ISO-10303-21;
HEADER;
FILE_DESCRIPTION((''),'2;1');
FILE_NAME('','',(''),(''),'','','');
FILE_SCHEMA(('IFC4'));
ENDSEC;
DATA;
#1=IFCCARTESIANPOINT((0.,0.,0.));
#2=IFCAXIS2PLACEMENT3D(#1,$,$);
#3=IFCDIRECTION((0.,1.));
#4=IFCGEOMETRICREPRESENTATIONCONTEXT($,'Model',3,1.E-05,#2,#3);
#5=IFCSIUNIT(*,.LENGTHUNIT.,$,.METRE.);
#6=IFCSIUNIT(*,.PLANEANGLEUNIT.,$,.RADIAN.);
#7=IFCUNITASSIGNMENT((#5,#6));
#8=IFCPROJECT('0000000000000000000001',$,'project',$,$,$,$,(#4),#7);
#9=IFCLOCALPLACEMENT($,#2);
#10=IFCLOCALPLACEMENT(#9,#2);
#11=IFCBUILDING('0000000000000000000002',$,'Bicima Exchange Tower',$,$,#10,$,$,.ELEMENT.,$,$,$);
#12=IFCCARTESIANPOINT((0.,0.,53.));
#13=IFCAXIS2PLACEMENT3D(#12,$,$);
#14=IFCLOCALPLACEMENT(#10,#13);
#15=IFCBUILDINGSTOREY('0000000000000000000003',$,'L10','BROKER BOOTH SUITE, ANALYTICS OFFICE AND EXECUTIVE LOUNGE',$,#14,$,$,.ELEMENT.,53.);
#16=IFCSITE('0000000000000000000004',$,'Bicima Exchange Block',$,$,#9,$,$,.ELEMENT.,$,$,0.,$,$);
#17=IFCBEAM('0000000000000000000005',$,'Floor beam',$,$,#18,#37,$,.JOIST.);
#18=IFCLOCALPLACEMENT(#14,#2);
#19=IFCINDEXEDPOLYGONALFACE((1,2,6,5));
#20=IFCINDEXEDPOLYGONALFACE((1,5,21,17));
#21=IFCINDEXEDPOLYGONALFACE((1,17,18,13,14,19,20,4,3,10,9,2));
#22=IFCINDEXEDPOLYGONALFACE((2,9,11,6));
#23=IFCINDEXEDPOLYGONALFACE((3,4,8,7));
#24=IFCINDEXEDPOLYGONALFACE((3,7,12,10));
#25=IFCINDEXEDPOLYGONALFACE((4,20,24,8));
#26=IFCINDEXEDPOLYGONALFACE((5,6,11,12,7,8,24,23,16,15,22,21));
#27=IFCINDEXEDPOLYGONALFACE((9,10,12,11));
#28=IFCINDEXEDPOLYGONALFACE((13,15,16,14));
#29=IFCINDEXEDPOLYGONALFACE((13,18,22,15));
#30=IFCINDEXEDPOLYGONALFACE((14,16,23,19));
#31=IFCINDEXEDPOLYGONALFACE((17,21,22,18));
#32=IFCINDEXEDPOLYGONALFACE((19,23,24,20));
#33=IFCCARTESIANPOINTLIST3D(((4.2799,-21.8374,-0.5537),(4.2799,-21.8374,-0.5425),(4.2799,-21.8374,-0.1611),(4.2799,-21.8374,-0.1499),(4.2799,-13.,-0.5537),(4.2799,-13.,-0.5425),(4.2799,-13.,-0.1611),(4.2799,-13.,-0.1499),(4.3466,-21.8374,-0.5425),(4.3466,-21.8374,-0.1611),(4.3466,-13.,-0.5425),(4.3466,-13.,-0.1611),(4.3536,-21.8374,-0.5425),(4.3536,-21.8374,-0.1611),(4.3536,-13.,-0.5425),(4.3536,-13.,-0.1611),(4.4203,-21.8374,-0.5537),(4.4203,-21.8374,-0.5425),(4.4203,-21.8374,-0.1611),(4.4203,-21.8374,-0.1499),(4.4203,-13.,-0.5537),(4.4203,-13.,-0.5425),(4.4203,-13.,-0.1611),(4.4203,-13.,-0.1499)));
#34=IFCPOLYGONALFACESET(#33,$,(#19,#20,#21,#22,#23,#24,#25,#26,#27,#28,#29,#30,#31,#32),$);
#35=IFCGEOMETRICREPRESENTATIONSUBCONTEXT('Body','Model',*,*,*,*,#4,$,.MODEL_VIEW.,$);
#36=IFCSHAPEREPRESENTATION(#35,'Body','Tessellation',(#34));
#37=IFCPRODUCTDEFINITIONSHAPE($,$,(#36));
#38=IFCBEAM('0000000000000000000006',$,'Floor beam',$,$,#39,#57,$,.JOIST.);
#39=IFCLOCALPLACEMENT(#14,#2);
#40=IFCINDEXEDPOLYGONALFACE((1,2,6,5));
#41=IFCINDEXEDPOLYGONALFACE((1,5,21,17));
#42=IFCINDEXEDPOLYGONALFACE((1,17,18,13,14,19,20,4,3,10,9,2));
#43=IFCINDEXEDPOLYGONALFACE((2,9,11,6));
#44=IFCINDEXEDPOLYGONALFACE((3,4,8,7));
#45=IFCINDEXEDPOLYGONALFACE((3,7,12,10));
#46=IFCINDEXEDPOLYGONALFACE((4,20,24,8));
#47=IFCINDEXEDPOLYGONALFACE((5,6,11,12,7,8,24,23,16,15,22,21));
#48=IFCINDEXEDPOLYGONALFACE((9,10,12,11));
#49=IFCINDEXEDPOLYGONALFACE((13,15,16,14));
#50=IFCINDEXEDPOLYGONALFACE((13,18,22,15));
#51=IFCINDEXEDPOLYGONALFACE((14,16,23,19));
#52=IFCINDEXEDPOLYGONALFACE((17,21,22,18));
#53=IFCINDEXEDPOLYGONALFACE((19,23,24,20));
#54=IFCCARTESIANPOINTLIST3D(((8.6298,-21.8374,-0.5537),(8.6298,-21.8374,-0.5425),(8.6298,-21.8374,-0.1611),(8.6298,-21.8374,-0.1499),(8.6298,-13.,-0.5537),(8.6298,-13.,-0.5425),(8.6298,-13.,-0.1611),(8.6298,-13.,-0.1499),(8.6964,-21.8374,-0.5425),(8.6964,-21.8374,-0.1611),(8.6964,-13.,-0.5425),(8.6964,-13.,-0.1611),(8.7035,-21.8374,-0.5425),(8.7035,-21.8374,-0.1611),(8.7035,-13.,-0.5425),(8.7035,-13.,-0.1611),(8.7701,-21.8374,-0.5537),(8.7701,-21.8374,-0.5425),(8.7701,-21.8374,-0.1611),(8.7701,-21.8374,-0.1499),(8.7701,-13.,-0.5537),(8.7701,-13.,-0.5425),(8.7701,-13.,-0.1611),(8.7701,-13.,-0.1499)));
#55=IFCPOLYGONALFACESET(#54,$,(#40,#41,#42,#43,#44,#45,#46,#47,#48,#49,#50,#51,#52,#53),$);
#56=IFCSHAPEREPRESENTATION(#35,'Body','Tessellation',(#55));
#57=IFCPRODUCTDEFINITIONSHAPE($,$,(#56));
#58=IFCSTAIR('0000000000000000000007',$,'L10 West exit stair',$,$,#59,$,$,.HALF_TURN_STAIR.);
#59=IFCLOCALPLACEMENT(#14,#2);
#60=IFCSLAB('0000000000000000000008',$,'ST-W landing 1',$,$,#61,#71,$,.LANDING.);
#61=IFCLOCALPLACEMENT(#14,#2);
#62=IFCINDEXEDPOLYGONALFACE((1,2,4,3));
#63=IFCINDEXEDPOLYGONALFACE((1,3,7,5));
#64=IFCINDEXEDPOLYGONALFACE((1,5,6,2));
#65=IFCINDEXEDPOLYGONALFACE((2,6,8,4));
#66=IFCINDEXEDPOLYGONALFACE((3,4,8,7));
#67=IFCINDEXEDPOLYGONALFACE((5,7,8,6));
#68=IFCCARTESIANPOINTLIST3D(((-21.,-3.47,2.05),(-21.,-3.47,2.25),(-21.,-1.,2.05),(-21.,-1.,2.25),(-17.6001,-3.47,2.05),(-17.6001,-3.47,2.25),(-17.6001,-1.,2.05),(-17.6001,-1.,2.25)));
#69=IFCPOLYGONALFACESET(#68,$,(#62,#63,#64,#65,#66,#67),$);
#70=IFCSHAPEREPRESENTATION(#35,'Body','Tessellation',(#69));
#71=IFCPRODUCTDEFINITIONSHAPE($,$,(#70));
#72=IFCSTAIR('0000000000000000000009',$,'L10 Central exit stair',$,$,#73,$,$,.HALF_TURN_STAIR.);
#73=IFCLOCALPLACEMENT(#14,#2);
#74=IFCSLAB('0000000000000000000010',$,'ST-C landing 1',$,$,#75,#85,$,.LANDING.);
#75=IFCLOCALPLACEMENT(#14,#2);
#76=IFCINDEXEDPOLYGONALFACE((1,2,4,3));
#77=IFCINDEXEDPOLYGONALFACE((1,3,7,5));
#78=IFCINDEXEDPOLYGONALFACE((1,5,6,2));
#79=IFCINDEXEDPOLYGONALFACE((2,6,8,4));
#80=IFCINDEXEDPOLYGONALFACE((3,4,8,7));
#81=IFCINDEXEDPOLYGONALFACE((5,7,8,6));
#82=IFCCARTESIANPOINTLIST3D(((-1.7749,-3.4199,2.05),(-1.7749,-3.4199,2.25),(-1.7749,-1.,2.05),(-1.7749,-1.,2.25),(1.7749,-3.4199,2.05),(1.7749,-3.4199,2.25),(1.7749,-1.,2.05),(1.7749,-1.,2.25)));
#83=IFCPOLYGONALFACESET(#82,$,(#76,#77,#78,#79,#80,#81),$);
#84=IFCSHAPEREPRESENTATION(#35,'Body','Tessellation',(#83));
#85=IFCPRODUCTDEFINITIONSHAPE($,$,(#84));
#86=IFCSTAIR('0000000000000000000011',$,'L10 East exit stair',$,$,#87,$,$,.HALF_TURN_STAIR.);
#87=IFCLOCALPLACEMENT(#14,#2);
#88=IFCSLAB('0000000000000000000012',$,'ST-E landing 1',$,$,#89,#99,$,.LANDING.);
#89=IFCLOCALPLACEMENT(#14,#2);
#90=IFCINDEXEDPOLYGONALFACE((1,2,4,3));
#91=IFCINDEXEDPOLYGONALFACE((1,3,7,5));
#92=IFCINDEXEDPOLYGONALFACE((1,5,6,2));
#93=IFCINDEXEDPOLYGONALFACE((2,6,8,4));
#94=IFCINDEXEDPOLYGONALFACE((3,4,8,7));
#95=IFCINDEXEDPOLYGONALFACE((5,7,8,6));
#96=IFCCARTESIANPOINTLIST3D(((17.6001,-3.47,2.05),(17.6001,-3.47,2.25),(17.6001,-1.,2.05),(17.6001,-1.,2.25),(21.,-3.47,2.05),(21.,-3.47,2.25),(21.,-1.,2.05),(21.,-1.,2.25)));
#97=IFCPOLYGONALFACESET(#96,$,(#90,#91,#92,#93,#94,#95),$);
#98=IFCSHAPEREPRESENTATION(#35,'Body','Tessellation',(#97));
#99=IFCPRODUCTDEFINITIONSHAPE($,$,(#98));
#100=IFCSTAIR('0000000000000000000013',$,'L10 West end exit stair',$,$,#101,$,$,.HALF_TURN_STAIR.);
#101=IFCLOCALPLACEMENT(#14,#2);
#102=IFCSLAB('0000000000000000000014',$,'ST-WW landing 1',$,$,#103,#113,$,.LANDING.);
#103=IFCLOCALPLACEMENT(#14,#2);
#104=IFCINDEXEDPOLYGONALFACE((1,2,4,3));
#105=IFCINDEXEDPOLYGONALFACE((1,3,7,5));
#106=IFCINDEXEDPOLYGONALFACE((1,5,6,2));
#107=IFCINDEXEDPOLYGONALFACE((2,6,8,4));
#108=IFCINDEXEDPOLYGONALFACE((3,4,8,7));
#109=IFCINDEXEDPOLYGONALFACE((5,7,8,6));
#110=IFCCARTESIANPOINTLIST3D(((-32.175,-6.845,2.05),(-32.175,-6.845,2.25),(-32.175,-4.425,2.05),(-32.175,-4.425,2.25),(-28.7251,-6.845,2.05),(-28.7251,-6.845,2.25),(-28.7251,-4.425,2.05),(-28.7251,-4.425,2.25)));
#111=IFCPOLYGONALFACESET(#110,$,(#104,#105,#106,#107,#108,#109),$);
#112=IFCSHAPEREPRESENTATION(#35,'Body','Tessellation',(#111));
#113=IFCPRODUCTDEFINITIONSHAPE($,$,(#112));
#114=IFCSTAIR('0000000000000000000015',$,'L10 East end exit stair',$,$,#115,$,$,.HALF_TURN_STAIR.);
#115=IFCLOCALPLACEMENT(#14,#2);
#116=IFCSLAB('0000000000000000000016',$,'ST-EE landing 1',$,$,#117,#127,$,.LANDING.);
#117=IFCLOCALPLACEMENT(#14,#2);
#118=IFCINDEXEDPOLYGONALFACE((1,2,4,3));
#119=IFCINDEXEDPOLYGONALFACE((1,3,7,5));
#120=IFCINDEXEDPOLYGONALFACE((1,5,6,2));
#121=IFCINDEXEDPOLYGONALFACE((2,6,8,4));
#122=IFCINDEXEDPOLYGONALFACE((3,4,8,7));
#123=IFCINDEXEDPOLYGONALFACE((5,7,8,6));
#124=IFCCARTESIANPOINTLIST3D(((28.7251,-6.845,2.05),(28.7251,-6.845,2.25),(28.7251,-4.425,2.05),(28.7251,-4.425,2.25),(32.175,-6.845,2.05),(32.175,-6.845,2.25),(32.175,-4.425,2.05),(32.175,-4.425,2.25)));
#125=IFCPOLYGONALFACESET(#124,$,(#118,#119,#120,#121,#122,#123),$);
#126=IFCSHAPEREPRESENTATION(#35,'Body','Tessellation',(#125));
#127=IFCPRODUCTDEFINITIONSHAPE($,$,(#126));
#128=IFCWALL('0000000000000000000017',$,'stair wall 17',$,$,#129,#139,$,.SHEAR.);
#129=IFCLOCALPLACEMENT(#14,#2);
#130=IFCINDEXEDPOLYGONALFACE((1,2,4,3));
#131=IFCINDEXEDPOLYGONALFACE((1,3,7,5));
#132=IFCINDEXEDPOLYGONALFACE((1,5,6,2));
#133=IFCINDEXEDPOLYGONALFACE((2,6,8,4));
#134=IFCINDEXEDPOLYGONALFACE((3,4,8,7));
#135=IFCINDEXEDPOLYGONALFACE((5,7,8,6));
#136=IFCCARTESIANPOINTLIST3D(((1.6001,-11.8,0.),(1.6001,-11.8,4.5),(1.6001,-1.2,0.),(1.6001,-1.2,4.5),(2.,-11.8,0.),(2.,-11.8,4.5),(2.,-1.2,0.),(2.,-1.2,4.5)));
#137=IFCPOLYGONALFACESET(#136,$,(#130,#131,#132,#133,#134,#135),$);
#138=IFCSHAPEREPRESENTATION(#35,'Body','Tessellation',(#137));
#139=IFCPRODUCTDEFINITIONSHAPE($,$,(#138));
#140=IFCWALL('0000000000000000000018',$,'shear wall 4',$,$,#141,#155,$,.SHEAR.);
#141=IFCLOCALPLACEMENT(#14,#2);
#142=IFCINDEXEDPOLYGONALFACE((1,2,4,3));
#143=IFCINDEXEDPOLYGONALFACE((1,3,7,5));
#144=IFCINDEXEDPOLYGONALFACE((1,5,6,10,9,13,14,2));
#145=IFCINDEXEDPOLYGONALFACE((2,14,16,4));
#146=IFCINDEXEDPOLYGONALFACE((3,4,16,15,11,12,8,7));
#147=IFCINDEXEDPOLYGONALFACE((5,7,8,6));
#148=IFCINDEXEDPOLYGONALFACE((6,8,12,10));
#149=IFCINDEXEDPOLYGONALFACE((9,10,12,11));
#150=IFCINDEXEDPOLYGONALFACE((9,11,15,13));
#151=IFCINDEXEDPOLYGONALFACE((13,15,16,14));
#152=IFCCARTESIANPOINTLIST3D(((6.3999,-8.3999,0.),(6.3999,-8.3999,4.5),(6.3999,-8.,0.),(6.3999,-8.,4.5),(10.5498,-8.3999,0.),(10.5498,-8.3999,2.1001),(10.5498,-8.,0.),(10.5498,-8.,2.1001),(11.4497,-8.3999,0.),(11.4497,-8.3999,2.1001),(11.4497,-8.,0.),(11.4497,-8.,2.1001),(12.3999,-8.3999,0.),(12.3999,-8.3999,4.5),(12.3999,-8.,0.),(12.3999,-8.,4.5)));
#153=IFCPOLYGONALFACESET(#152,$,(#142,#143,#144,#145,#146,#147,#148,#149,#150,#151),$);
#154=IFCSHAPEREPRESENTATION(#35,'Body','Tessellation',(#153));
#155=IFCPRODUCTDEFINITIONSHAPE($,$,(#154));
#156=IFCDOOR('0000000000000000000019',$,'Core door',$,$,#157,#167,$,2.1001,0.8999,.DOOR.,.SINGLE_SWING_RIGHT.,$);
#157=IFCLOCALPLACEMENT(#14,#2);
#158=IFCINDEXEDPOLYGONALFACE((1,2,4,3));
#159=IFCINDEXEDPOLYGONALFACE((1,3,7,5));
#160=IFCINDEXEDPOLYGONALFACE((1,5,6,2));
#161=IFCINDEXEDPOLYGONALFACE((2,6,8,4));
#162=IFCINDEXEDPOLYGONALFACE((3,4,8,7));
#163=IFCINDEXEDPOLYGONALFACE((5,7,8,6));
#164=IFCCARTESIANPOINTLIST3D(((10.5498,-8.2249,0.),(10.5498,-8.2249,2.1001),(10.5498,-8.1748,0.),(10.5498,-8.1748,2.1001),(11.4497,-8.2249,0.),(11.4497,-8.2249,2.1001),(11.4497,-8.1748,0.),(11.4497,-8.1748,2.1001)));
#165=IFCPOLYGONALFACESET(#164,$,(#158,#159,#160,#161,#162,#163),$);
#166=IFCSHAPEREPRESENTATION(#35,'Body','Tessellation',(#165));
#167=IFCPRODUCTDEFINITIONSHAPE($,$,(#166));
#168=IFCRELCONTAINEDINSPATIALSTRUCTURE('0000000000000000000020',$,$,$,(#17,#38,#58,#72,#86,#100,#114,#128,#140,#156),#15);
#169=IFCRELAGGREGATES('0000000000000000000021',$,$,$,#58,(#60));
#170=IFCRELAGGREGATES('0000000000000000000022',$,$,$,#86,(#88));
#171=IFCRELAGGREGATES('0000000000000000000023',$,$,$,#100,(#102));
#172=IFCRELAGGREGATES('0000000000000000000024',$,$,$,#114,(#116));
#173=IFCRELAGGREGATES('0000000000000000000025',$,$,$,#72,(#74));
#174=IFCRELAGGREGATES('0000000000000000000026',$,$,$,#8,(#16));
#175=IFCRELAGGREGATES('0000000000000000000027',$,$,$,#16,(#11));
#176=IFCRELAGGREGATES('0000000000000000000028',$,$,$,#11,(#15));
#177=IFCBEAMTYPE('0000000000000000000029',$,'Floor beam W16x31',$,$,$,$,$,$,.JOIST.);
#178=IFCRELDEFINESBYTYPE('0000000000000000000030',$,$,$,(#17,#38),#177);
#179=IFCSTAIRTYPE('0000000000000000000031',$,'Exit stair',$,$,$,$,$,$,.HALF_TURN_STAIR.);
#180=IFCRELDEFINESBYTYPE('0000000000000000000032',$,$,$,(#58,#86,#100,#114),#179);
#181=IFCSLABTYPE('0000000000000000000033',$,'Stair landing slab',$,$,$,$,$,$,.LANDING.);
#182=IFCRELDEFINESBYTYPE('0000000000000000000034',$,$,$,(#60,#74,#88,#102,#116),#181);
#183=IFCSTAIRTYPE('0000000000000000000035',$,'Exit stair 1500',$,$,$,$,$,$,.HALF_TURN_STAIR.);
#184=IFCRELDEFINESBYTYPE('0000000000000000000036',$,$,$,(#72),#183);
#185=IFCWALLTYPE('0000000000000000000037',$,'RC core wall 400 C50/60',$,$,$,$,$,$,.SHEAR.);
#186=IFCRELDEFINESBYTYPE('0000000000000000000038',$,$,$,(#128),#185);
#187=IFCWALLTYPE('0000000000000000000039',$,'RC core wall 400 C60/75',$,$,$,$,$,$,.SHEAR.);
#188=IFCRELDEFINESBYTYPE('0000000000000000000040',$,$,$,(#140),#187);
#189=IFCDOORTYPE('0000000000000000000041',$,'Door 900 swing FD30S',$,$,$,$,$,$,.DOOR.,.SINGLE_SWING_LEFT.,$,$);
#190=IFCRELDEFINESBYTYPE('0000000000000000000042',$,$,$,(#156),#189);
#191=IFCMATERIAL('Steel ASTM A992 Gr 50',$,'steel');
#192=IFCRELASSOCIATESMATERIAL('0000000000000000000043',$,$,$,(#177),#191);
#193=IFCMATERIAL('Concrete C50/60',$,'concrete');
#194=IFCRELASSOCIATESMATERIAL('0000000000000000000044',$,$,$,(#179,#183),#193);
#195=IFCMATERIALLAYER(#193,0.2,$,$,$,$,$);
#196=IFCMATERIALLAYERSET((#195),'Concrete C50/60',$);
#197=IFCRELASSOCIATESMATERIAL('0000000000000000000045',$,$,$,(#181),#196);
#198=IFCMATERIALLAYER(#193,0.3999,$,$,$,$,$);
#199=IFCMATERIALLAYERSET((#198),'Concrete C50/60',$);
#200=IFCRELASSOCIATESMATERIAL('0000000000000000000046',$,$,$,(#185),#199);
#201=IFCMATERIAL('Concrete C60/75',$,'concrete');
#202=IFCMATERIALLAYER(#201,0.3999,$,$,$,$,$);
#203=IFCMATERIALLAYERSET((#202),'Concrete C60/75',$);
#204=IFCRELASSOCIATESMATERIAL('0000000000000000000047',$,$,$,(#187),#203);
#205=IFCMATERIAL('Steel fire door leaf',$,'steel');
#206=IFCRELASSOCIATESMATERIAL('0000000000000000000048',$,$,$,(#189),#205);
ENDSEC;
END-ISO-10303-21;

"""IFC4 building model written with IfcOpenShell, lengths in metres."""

from ifc_helpers import new_model, si_unit, direction, frame, frame_2d, origin, origin_2d, place, context, subcontext, project, spatial, polyline, rectangle, i_section, outline, extrude, material, layer, layer_set, material_profile, profile_set, type_object, element, fill, aggregate, save


model = new_model("IFC4")

# Units and contexts
model_context = context("Model", 3, precision=1e-05, world=origin(), true_north=direction((0.0, 1.0)))
body_context = subcontext(model_context, "Body", "Model", "MODEL_VIEW")
ifc_project = project(units=[si_unit("LENGTHUNIT", "METRE"), si_unit("PLANEANGLEUNIT", "RADIAN")], contexts=[model_context])

# Site, building, storey
site_placement = place(None, origin())
site = spatial("IfcSite", under=ifc_project, at=site_placement, Name="Bicima Exchange Block", CompositionType="ELEMENT", RefElevation=0.0)
building_placement = place(site_placement, origin())
building = spatial("IfcBuilding", under=site, at=building_placement, Name="Bicima Exchange Tower", CompositionType="ELEMENT")
storey_placement = place(building_placement, frame((0.0, 0.0, 53.0)))
storey = spatial("IfcBuildingStorey", under=building, at=storey_placement, Name="L10", Description="BROKER BOOTH SUITE, ANALYTICS OFFICE AND EXECUTIVE LOUNGE", CompositionType="ELEMENT", Elevation=53.0)

# Beams
ifc_material_1 = material(Name="Steel ASTM A992 Gr 50", Category="steel")
ifc_material_profile = material_profile(ifc_material_1, i_section(OverallWidth=0.1404, OverallDepth=0.4038, WebThickness=0.0071, FlangeThickness=0.0112, at=origin_2d()))
ifc_profile_set = profile_set([ifc_material_profile], Name="Steel ASTM A992 Gr 50")
beam_type = type_object("IfcBeamType", Name="Floor beam W16x31", PredefinedType="JOIST", material=ifc_profile_set)
for number, where, z_axis, x_axis, name in (
    (1, (4.3501, -13.0, -0.3518), (0.0, -1.0, 0.0), (1.0, 0.0, 0.0), "Floor beam"),
    (2, (8.7, -13.0, -0.3518), (0.0, -1.0, 0.0), (1.0, 0.0, 0.0), "Floor beam"),
):
    element("IfcBeam", number, at=place(storey_placement, frame(where, z_axis=z_axis, x_axis=x_axis)), inside=storey, type_object=beam_type, Name=name, PredefinedType="JOIST", context=body_context, shape_type="SweptSolid", body=[
        extrude(i_section(OverallWidth=0.1404, OverallDepth=0.4038, WebThickness=0.0071, FlangeThickness=0.0112, at=origin_2d()), origin(), (0.0, 0.0, 1.0), 8.8374),
    ])

# Stairs, slabs
ifc_material_2 = material(Name="Concrete C50/60", Category="concrete")
stair_type_1 = type_object("IfcStairType", Name="Exit stair", PredefinedType="HALF_TURN_STAIR", material=ifc_material_2)
stair_1_placement = place(storey_placement, origin())
stair_1 = element("IfcStair", 3, at=stair_1_placement, inside=storey, type_object=stair_type_1, Name="L10 West exit stair", PredefinedType="HALF_TURN_STAIR")
ifc_layer_1 = layer(ifc_material_2, 0.2)
ifc_layer_set_1 = layer_set([ifc_layer_1], Name="Concrete C50/60")
slab_type = type_object("IfcSlabType", Name="Stair landing slab", PredefinedType="LANDING", material=ifc_layer_set_1)
slab_1_placement = place(storey_placement, frame((0.0, 0.0, 2.05)))
slab_1 = element("IfcSlab", 4, at=slab_1_placement, type_object=slab_type, Name="ST-W landing 1", PredefinedType="LANDING", context=body_context, shape_type="SweptSolid", body=[
    extrude(outline(polyline([(-17.6001, -3.47), (-17.6001, -1.0), (-21.0, -1.0), (-21.0, -3.47), (-17.6001, -3.47)])), origin(), (0.0, 0.0, 1.0), 0.2),
])
aggregate(stair_1, [slab_1])
stair_type_2 = type_object("IfcStairType", Name="Exit stair 1500", PredefinedType="HALF_TURN_STAIR", material=ifc_material_2)
stair_2_placement = place(storey_placement, origin())
stair_2 = element("IfcStair", 5, at=stair_2_placement, inside=storey, type_object=stair_type_2, Name="L10 Central exit stair", PredefinedType="HALF_TURN_STAIR")
slab_2_placement = place(storey_placement, frame((0.0, 0.0, 2.05)))
slab_2 = element("IfcSlab", 6, at=slab_2_placement, type_object=slab_type, Name="ST-C landing 1", PredefinedType="LANDING", context=body_context, shape_type="SweptSolid", body=[
    extrude(outline(polyline([(1.7749, -3.4199), (1.7749, -1.0), (-1.7749, -1.0), (-1.7749, -3.4199), (1.7749, -3.4199)])), origin(), (0.0, 0.0, 1.0), 0.2),
])
stair_3_placement = place(storey_placement, origin())
stair_3 = element("IfcStair", 7, at=stair_3_placement, inside=storey, type_object=stair_type_1, Name="L10 East exit stair", PredefinedType="HALF_TURN_STAIR")
slab_3_placement = place(storey_placement, frame((0.0, 0.0, 2.05)))
slab_3 = element("IfcSlab", 8, at=slab_3_placement, type_object=slab_type, Name="ST-E landing 1", PredefinedType="LANDING", context=body_context, shape_type="SweptSolid", body=[
    extrude(outline(polyline([(21.0, -3.47), (21.0, -1.0), (17.6001, -1.0), (17.6001, -3.47), (21.0, -3.47)])), origin(), (0.0, 0.0, 1.0), 0.2),
])
aggregate(stair_3, [slab_3])
stair_4_placement = place(storey_placement, origin())
stair_4 = element("IfcStair", 9, at=stair_4_placement, inside=storey, type_object=stair_type_1, Name="L10 West end exit stair", PredefinedType="HALF_TURN_STAIR")
slab_4_placement = place(storey_placement, frame((0.0, 0.0, 2.05)))
slab_4 = element("IfcSlab", 10, at=slab_4_placement, type_object=slab_type, Name="ST-WW landing 1", PredefinedType="LANDING", context=body_context, shape_type="SweptSolid", body=[
    extrude(outline(polyline([(-28.7251, -6.845), (-28.7251, -4.425), (-32.175, -4.425), (-32.175, -6.845), (-28.7251, -6.845)])), origin(), (0.0, 0.0, 1.0), 0.2),
])
aggregate(stair_4, [slab_4])
stair_5_placement = place(storey_placement, origin())
stair_5 = element("IfcStair", 11, at=stair_5_placement, inside=storey, type_object=stair_type_1, Name="L10 East end exit stair", PredefinedType="HALF_TURN_STAIR")
slab_5_placement = place(storey_placement, frame((0.0, 0.0, 2.05)))
slab_5 = element("IfcSlab", 12, at=slab_5_placement, type_object=slab_type, Name="ST-EE landing 1", PredefinedType="LANDING", context=body_context, shape_type="SweptSolid", body=[
    extrude(outline(polyline([(32.175, -6.845), (32.175, -4.425), (28.7251, -4.425), (28.7251, -6.845), (32.175, -6.845)])), origin(), (0.0, 0.0, 1.0), 0.2),
])
aggregate(stair_5, [slab_5])

# Wall
ifc_layer_2 = layer(ifc_material_2, 0.3999)
ifc_layer_set_2 = layer_set([ifc_layer_2], Name="Concrete C50/60")
wall_type_1 = type_object("IfcWallType", Name="RC core wall 400 C50/60", PredefinedType="SHEAR", material=ifc_layer_set_2)
wall_1_placement = place(storey_placement, frame((1.8, -11.8, 0.0), z_axis=(0.0, 0.0, 1.0), x_axis=(0.0, 1.0, 0.0)))
element("IfcWall", 13, at=wall_1_placement, inside=storey, type_object=wall_type_1, Name="stair wall 17", PredefinedType="SHEAR", context=body_context, shape_type="SweptSolid", body=[
    extrude(rectangle(XDim=10.6001, YDim=0.3999, at=frame_2d((5.3, 0.0))), origin(), (0.0, 0.0, 1.0), 4.5),
])

# Wall, opening, door
ifc_material_3 = material(Name="Concrete C60/75", Category="concrete")
ifc_layer_3 = layer(ifc_material_3, 0.3999)
ifc_layer_set_3 = layer_set([ifc_layer_3], Name="Concrete C60/75")
wall_type_2 = type_object("IfcWallType", Name="RC core wall 400 C60/75", PredefinedType="SHEAR", material=ifc_layer_set_3)
wall_2_placement = place(storey_placement, frame((6.3999, -8.2, 0.0), z_axis=(0.0, 0.0, 1.0), x_axis=(1.0, 0.0, 0.0)))
wall_2 = element("IfcWall", 14, at=wall_2_placement, inside=storey, type_object=wall_type_2, Name="shear wall 4", PredefinedType="SHEAR", context=body_context, shape_type="SweptSolid", body=[
    extrude(rectangle(XDim=6.0, YDim=0.3999, at=frame_2d((3.0, 0.0))), origin(), (0.0, 0.0, 1.0), 4.5),
])
opening_1_placement = place(wall_2_placement, frame((4.1499, 0.0, 0.0)))
opening_1 = element("IfcOpeningElement", 15, at=opening_1_placement, cuts=wall_2, PredefinedType="OPENING", context=body_context, shape_type="SweptSolid", body=[
    extrude(rectangle(XDim=0.8999, YDim=2.1001, at=frame_2d((0.45, 1.05))), frame((0.0, 0.2119, 0.0), z_axis=(0.0, -1.0, 0.0), x_axis=(1.0, 0.0, 0.0)), (0.0, 0.0, 1.0), 0.4238),
])
ifc_material_4 = material(Name="Steel fire door leaf", Category="steel")
door_type_1 = type_object("IfcDoorType", Name="Door 900 swing FD30S", OperationType="SINGLE_SWING_LEFT", PredefinedType="DOOR", material=ifc_material_4)
door_1_placement = place(opening_1_placement, frame((0.8999, 0.0, 0.0), z_axis=(0.0, 0.0, 1.0), x_axis=(-1.0, 0.0, 0.0)))
door_1 = element("IfcDoor", 16, at=door_1_placement, inside=storey, type_object=door_type_1, Name="Core door", OperationType="SINGLE_SWING_RIGHT", OverallHeight=2.1001, OverallWidth=0.8999, PredefinedType="DOOR", context=body_context, shape_type="SweptSolid", body=[
    extrude(rectangle(XDim=0.8999, YDim=2.1001, at=frame_2d((0.45, 1.05))), frame((0.0, 0.0249, 0.0), z_axis=(0.0, -1.0, 0.0), x_axis=(1.0, 0.0, 0.0)), (0.0, 0.0, 1.0), 0.05),
])
fill(opening_1, door_1)

aggregate(stair_2, [slab_2])

save(model, "model.ifc")
